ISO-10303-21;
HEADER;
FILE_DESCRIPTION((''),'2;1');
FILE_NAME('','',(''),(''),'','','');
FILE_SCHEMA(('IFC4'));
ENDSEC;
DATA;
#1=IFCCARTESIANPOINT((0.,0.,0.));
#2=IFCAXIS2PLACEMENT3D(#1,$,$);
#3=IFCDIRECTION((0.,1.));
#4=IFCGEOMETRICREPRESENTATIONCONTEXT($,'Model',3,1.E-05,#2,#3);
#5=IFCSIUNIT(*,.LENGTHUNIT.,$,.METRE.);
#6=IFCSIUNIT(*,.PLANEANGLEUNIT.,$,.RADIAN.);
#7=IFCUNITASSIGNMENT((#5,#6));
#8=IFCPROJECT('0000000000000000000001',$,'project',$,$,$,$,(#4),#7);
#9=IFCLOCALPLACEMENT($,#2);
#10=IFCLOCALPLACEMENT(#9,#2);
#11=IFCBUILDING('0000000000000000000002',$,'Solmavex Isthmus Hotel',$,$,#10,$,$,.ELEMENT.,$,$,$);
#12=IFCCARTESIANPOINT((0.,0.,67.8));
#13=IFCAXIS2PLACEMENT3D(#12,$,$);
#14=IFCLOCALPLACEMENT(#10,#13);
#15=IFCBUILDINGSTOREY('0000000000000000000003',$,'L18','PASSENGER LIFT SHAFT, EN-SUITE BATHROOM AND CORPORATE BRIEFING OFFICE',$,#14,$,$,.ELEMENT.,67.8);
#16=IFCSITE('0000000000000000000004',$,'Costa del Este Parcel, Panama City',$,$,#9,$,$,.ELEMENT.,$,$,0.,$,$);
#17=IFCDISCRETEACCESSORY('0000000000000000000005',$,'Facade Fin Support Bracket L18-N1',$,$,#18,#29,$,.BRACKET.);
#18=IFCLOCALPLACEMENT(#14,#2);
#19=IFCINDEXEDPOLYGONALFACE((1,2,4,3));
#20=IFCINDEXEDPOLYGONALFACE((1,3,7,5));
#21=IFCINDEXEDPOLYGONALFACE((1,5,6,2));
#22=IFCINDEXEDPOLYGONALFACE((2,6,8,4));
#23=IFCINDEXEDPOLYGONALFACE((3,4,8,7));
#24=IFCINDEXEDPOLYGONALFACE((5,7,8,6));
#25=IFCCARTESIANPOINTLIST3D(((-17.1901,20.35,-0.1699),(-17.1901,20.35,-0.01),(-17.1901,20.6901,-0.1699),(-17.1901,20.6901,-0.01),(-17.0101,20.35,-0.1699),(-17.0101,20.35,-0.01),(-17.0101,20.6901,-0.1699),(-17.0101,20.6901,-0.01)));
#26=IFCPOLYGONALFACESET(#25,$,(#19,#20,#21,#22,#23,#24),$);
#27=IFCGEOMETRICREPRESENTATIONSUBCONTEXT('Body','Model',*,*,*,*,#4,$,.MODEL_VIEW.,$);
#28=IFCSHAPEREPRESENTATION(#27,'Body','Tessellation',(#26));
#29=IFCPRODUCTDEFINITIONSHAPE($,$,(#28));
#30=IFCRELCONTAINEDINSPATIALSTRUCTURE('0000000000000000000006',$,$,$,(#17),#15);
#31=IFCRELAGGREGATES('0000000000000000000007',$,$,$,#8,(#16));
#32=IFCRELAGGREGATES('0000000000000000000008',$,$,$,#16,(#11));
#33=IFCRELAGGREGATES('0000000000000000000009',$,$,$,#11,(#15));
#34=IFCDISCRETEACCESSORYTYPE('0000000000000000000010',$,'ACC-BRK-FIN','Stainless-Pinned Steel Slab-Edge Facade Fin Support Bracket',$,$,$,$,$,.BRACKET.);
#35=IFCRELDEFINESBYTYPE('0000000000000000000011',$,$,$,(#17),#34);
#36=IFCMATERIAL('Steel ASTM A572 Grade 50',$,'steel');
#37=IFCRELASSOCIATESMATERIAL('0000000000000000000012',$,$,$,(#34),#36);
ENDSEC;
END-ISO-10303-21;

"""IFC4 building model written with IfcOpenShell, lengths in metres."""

from ifc_helpers import new_model, si_unit, direction, frame, origin, origin_2d, place, context, subcontext, project, spatial, rectangle, extrude, material, type_object, element, save


model = new_model("IFC4")

# Units and contexts
model_context = context("Model", 3, precision=1e-05, world=origin(), true_north=direction((0.0, 1.0)))
body_context = subcontext(model_context, "Body", "Model", "MODEL_VIEW")
ifc_project = project(units=[si_unit("LENGTHUNIT", "METRE"), si_unit("PLANEANGLEUNIT", "RADIAN")], contexts=[model_context])

# Site, building, storey
site_placement = place(None, origin())
site = spatial("IfcSite", under=ifc_project, at=site_placement, Name="Costa del Este Parcel, Panama City", CompositionType="ELEMENT", RefElevation=0.0)
building_placement = place(site_placement, origin())
building = spatial("IfcBuilding", under=site, at=building_placement, Name="Solmavex Isthmus Hotel", CompositionType="ELEMENT")
storey_placement = place(building_placement, frame((0.0, 0.0, 67.8)))
storey = spatial("IfcBuildingStorey", under=building, at=storey_placement, Name="L18", Description="PASSENGER LIFT SHAFT, EN-SUITE BATHROOM AND CORPORATE BRIEFING OFFICE", CompositionType="ELEMENT", Elevation=67.8)

# Discrete accessory
ifc_material_1 = material(Name="Steel ASTM A572 Grade 50", Category="steel")
discrete_accessory_type = type_object("IfcDiscreteAccessoryType", Name="ACC-BRK-FIN", Description="Stainless-Pinned Steel Slab-Edge Facade Fin Support Bracket", PredefinedType="BRACKET", material=ifc_material_1)
discrete_accessory_placement = place(storey_placement, frame((-17.1001, 20.52, -0.1699), z_axis=(0.0, 0.0, 1.0), x_axis=(0.0, 1.0, 0.0)))
element("IfcDiscreteAccessory", 1, at=discrete_accessory_placement, inside=storey, type_object=discrete_accessory_type, Name="Facade Fin Support Bracket L18-N1", PredefinedType="BRACKET", context=body_context, shape_type="SweptSolid", body=[
    extrude(rectangle(XDim=0.3401, YDim=0.1799, at=origin_2d()), origin(), (0.0, 0.0, 1.0), 0.1599),
])

save(model, "model.ifc")
